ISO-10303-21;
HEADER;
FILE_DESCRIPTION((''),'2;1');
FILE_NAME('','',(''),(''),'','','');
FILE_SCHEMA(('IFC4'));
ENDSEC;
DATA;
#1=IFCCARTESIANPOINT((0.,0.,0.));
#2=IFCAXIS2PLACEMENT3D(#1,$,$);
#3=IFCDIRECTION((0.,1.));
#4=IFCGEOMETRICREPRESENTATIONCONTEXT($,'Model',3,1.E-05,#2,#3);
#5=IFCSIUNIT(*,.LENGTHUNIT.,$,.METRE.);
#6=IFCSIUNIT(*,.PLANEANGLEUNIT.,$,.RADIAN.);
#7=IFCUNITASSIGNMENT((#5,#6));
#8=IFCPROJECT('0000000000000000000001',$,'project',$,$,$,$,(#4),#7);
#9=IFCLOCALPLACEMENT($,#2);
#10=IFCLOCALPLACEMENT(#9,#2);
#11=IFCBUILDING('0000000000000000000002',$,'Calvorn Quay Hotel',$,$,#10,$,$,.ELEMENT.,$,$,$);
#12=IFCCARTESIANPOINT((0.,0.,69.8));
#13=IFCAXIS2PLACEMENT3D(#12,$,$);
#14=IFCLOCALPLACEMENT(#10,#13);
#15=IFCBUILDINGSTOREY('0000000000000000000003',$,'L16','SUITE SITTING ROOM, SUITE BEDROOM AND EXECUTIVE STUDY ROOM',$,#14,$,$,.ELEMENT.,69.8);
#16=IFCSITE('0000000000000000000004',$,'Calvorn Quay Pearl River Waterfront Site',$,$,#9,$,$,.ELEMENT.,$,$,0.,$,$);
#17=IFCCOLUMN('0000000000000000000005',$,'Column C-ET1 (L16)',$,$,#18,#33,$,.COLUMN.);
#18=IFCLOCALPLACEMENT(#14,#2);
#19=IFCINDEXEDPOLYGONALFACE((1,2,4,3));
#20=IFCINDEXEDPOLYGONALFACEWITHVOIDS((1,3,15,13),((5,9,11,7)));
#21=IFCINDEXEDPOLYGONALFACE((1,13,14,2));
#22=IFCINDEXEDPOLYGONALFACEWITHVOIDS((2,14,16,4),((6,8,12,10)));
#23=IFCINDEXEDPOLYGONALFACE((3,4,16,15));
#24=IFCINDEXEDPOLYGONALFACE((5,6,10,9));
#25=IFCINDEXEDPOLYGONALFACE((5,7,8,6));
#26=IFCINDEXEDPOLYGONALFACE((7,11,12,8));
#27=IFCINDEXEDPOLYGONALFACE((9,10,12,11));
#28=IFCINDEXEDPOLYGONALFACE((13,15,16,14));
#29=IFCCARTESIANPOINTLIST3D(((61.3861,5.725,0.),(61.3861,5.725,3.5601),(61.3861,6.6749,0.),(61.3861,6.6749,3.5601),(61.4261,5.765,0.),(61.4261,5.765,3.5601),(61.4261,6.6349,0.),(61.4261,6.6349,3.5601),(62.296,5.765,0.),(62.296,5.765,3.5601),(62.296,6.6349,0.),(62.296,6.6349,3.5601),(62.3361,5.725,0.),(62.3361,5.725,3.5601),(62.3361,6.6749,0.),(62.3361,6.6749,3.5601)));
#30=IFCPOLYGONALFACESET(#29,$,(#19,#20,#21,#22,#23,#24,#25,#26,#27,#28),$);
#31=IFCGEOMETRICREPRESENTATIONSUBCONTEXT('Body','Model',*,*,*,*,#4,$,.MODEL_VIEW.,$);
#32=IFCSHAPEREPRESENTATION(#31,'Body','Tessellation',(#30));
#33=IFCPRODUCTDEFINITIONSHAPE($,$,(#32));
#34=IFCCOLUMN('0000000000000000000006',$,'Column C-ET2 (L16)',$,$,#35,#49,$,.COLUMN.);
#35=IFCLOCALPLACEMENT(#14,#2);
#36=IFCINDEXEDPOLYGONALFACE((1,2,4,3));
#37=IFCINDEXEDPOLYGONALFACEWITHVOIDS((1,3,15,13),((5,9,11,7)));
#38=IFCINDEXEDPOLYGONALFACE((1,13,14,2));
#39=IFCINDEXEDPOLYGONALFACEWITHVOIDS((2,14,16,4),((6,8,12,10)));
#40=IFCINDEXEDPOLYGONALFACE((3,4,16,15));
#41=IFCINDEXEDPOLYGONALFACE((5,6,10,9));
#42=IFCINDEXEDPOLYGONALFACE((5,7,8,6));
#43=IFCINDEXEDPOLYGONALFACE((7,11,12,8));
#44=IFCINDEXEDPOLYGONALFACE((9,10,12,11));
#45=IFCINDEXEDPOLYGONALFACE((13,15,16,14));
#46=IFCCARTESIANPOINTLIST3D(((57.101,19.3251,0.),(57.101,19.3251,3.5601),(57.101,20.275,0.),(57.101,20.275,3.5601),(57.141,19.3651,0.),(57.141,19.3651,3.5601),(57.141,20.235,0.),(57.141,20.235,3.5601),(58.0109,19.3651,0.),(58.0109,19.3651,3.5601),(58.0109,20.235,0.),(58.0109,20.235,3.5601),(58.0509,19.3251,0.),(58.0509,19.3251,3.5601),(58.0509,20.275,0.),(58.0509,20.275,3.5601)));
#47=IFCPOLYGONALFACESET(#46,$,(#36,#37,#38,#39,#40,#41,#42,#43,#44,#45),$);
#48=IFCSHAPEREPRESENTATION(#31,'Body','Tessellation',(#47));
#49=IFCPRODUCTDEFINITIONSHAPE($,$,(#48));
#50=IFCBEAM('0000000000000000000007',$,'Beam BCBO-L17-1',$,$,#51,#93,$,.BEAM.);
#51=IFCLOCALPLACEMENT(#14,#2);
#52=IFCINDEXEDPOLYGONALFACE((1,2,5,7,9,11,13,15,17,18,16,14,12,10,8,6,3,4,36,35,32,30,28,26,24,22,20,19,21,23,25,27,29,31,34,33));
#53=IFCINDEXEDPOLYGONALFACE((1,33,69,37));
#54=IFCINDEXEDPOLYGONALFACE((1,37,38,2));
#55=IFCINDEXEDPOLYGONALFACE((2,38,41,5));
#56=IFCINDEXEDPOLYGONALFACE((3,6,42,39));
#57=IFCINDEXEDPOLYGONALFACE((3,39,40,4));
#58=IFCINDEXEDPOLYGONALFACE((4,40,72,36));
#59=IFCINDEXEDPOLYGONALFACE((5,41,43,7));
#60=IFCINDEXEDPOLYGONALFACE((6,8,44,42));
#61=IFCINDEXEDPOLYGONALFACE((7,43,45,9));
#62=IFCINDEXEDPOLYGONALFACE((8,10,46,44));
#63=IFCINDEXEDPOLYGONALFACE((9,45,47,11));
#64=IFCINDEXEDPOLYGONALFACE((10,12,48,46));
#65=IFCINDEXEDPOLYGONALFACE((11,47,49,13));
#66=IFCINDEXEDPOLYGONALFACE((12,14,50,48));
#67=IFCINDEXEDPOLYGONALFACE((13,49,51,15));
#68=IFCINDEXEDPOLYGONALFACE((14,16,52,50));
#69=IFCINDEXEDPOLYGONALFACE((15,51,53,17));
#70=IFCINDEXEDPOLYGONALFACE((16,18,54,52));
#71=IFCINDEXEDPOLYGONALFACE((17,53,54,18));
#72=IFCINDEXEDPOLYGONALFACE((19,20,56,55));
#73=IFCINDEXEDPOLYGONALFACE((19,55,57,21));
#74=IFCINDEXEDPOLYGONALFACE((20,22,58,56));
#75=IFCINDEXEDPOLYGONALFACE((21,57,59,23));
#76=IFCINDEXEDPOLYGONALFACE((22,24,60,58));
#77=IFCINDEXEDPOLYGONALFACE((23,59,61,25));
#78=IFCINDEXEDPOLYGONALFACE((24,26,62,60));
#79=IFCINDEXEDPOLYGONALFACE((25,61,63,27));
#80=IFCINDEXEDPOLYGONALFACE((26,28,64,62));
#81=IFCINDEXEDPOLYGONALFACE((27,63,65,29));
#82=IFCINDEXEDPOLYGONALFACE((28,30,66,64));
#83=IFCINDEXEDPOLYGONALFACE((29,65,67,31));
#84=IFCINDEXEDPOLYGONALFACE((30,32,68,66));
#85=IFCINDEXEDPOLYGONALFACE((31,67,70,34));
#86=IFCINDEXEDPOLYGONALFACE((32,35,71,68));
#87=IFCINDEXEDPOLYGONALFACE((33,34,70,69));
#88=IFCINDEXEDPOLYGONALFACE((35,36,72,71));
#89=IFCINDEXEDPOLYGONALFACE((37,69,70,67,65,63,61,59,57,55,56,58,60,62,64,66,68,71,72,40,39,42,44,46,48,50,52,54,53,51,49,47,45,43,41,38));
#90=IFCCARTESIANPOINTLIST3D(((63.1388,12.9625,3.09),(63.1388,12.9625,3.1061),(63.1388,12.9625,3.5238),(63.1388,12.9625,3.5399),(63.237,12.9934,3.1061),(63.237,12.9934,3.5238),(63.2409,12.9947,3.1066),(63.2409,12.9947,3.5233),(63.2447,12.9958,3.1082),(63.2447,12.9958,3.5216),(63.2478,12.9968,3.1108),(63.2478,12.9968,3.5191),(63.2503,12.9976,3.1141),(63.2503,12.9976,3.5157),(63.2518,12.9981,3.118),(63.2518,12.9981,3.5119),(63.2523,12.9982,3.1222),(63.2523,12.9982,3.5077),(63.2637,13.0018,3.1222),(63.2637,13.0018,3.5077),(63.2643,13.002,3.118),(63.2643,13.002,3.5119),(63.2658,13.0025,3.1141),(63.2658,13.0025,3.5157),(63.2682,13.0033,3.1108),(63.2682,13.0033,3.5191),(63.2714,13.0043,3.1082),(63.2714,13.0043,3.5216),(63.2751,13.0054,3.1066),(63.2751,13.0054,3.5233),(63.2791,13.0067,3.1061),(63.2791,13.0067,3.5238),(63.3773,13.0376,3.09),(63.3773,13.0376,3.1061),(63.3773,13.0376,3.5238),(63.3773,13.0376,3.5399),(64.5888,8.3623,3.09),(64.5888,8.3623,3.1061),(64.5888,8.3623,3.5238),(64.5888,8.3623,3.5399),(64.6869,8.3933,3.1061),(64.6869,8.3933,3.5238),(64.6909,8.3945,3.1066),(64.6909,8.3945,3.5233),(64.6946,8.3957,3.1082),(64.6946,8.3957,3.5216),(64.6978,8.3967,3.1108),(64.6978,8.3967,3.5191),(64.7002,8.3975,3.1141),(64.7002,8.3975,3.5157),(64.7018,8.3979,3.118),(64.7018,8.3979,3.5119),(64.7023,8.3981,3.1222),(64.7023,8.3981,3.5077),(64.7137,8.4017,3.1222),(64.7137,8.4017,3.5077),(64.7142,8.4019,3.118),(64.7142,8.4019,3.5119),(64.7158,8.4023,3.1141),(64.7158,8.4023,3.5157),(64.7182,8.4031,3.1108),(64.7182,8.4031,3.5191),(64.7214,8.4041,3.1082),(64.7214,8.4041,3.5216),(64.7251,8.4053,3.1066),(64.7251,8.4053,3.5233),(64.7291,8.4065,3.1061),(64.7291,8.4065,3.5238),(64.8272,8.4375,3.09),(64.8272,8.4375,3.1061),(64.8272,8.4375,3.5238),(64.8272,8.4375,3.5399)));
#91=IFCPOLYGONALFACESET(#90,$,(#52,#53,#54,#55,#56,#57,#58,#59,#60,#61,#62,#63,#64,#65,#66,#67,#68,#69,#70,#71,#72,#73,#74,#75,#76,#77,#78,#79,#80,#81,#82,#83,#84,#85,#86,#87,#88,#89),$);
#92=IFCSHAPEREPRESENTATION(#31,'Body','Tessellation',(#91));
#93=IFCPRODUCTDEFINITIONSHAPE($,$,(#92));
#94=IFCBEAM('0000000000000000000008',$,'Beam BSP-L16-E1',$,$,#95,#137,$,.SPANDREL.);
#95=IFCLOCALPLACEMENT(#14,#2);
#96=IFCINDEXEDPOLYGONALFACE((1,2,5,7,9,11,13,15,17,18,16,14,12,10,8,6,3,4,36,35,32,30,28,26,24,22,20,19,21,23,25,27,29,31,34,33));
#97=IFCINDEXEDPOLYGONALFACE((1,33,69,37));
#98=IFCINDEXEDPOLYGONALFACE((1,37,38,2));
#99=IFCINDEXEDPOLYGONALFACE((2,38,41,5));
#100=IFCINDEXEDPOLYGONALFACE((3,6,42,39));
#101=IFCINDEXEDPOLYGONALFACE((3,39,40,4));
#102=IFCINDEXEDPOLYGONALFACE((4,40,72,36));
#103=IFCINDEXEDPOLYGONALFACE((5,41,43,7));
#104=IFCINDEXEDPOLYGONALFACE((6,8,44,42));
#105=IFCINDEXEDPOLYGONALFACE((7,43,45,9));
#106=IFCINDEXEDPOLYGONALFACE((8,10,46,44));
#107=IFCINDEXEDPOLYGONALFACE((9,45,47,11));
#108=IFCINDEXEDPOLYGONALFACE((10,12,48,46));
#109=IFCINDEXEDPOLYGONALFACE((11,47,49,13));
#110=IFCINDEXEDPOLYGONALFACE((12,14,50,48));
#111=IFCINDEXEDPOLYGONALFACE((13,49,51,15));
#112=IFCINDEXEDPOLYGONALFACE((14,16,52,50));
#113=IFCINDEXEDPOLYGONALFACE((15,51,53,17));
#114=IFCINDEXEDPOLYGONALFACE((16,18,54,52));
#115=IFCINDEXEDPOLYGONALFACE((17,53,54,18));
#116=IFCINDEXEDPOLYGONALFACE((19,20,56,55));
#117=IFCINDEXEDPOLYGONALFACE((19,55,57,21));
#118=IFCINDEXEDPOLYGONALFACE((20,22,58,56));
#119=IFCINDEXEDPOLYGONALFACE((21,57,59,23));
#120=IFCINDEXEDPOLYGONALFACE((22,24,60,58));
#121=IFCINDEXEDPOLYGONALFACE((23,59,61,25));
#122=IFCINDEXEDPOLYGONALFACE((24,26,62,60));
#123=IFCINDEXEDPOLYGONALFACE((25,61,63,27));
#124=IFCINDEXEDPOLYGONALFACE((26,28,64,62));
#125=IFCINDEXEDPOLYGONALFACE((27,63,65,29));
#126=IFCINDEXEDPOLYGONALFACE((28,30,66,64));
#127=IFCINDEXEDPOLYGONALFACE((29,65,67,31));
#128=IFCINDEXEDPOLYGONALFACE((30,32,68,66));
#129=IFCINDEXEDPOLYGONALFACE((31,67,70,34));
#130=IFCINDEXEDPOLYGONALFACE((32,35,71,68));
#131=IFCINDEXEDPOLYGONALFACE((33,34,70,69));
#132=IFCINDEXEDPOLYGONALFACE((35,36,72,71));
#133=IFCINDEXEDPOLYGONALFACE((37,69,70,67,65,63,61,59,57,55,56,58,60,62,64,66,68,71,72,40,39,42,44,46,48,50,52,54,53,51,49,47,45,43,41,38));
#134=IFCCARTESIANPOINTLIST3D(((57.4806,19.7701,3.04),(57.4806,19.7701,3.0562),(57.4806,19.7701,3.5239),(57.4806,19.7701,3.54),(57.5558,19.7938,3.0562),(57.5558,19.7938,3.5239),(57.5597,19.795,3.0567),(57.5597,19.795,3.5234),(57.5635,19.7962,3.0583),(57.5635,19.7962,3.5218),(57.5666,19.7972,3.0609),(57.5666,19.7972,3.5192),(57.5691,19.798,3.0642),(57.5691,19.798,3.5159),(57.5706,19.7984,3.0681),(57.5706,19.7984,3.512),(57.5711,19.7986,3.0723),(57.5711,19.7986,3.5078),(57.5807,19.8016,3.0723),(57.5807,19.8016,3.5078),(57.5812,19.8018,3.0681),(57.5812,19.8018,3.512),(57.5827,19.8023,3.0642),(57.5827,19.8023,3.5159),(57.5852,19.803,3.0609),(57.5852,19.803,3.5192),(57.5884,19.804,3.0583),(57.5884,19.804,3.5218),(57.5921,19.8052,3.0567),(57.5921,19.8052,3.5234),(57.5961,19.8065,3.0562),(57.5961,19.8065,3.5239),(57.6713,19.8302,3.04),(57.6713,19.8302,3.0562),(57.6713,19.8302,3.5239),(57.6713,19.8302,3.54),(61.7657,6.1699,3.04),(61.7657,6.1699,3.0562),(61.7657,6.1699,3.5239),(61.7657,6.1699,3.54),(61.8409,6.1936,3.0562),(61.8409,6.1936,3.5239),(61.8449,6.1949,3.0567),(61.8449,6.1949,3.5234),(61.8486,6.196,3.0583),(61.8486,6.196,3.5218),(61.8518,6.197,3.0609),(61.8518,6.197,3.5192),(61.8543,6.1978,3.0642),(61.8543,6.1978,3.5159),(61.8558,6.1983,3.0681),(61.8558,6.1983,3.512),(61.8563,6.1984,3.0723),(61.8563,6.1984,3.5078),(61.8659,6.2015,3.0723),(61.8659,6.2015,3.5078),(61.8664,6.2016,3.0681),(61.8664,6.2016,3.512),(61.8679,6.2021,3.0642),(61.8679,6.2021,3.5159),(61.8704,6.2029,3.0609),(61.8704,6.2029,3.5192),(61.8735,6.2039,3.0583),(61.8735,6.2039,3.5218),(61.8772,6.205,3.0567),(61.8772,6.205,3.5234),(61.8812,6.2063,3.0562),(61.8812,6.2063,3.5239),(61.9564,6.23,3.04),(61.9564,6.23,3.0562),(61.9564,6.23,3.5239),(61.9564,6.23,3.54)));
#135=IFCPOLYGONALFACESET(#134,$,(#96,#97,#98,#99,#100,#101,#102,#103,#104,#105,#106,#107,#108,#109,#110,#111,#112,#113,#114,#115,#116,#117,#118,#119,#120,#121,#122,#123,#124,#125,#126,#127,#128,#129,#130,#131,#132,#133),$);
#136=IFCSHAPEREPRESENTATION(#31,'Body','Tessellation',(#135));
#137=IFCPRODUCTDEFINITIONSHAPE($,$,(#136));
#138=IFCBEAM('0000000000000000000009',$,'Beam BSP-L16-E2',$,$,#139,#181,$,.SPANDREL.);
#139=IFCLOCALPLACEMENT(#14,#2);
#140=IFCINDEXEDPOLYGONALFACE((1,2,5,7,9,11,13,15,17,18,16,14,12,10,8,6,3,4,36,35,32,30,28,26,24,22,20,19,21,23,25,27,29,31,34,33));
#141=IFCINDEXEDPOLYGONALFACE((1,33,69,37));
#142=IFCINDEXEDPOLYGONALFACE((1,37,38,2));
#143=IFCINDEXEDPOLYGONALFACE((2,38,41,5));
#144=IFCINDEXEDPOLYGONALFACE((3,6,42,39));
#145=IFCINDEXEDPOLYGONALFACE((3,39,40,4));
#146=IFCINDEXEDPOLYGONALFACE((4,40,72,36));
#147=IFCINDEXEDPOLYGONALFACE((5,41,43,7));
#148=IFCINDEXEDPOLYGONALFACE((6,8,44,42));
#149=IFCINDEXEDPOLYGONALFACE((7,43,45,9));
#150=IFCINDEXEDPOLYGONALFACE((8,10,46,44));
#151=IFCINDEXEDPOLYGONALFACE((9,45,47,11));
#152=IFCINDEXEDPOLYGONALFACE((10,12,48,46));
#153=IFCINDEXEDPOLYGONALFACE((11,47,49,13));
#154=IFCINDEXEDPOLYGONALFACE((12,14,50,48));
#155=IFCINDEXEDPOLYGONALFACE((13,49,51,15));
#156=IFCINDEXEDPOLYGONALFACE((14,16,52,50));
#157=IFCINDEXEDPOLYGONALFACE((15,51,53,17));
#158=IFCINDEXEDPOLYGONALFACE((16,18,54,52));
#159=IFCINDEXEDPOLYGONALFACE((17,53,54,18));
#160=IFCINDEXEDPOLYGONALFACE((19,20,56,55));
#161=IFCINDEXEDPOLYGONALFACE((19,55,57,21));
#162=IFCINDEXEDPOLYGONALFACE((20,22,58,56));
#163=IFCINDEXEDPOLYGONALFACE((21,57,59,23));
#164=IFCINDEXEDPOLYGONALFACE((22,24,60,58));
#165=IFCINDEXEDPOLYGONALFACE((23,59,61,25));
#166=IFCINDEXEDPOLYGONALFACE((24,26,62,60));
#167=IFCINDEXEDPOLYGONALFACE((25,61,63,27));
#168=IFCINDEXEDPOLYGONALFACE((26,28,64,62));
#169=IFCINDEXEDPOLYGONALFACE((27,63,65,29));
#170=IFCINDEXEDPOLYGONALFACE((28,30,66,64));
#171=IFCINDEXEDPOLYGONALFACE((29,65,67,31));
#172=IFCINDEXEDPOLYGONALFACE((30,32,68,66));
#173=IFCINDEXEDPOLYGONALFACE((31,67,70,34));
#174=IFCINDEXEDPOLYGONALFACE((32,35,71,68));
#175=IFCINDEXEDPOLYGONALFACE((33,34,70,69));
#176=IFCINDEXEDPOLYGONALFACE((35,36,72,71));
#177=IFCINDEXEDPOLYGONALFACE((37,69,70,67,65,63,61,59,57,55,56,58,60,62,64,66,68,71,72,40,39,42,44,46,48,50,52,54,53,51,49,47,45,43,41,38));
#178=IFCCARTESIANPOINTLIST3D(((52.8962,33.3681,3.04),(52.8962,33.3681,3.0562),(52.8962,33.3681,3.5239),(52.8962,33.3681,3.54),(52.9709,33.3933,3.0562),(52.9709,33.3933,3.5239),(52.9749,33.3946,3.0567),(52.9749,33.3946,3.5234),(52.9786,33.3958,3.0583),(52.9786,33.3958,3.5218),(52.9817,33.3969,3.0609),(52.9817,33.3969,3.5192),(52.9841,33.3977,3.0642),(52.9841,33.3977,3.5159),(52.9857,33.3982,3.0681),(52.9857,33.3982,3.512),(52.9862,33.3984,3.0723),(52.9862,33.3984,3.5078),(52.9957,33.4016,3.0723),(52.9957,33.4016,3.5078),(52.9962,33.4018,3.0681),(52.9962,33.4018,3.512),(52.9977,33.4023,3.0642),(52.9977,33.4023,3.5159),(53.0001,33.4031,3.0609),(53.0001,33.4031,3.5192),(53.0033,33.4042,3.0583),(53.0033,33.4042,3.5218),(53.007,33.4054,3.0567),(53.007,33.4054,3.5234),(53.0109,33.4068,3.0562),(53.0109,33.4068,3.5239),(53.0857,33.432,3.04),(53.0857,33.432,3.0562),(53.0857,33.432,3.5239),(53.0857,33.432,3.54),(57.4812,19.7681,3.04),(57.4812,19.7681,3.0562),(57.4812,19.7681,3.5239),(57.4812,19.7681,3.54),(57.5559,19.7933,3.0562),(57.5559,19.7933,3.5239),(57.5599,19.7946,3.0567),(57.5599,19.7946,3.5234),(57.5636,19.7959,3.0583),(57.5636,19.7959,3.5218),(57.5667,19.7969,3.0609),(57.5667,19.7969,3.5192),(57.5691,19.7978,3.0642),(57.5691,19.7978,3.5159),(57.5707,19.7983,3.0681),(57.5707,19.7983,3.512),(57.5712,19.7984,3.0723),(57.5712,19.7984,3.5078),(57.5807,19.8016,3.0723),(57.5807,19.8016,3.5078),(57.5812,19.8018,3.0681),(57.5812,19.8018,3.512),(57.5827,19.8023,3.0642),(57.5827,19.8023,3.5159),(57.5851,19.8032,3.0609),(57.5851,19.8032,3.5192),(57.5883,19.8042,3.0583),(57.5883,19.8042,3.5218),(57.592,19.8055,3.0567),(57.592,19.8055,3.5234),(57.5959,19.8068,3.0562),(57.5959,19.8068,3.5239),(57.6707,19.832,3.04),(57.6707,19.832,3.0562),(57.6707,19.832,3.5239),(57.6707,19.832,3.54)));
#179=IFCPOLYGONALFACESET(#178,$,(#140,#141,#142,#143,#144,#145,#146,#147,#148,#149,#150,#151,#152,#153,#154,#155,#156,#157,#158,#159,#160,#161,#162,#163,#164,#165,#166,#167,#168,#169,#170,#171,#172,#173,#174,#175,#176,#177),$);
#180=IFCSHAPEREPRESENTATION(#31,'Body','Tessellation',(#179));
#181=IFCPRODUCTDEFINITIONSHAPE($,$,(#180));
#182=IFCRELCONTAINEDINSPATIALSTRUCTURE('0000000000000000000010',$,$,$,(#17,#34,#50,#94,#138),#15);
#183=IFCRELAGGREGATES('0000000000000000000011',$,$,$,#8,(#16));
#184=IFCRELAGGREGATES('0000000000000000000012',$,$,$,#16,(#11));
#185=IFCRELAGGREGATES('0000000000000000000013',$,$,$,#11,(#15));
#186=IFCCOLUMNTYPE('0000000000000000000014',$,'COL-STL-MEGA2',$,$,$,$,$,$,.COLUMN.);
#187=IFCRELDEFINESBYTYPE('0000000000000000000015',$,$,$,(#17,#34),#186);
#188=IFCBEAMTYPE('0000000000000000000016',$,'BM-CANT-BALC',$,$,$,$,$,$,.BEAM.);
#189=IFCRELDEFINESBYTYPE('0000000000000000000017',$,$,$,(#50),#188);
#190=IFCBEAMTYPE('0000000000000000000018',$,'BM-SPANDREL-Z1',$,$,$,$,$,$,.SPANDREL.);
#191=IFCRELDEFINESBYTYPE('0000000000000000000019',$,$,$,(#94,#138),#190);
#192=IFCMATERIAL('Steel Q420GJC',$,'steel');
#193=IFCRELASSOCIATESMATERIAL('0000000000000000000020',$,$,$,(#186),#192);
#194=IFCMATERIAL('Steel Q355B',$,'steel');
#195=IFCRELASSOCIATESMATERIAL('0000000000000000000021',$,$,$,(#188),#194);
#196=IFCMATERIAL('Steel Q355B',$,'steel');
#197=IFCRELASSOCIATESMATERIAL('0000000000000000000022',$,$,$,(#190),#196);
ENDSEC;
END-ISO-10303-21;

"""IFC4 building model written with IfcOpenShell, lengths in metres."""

from ifc_helpers import new_model, si_unit, direction, frame, origin, origin_2d, place, context, subcontext, project, spatial, hollow_rectangle, i_section, extrude, material, material_profile, profile_set, type_object, element, save


model = new_model("IFC4")

# Units and contexts
model_context = context("Model", 3, precision=1e-05, world=origin(), true_north=direction((0.0, 1.0)))
body_context = subcontext(model_context, "Body", "Model", "MODEL_VIEW")
ifc_project = project(units=[si_unit("LENGTHUNIT", "METRE"), si_unit("PLANEANGLEUNIT", "RADIAN")], contexts=[model_context])

# Site, building, storey
site_placement = place(None, origin())
site = spatial("IfcSite", under=ifc_project, at=site_placement, Name="Calvorn Quay Pearl River Waterfront Site", CompositionType="ELEMENT", RefElevation=0.0)
building_placement = place(site_placement, origin())
building = spatial("IfcBuilding", under=site, at=building_placement, Name="Calvorn Quay Hotel", CompositionType="ELEMENT")
storey_placement = place(building_placement, frame((0.0, 0.0, 69.8)))
storey = spatial("IfcBuildingStorey", under=building, at=storey_placement, Name="L16", Description="SUITE SITTING ROOM, SUITE BEDROOM AND EXECUTIVE STUDY ROOM", CompositionType="ELEMENT", Elevation=69.8)

# Columns
ifc_material_1 = material(Name="Steel Q420GJC", Category="steel")
ifc_material_profile_1 = material_profile(ifc_material_1, hollow_rectangle(XDim=0.95, YDim=0.95, WallThickness=0.04, at=origin_2d()), Name="BOX950x950x40")
ifc_profile_set_1 = profile_set([ifc_material_profile_1], Name="Steel Q420GJC")
column_type = type_object("IfcColumnType", Name="COL-STL-MEGA2", PredefinedType="COLUMN", material=ifc_profile_set_1)
for number, where, z_axis, x_axis, name in (
    (1, (61.8611, 6.2, 0.0), (0.0, 0.0, 1.0), (1.0, 0.0, 0.0), "Column C-ET1 (L16)"),
    (2, (57.5759, 19.8, 0.0), (0.0, 0.0, 1.0), (1.0, 0.0, 0.0), "Column C-ET2 (L16)"),
):
    element("IfcColumn", number, at=place(storey_placement, frame(where, z_axis=z_axis, x_axis=x_axis)), inside=storey, type_object=column_type, Name=name, PredefinedType="COLUMN", context=body_context, shape_type="SweptSolid", body=[
        extrude(hollow_rectangle(XDim=0.95, YDim=0.95, WallThickness=0.04, at=origin_2d()), origin(), (0.0, 0.0, 1.0), 3.5601),
    ])

# Beams
ifc_material_2 = material(Name="Steel Q355B", Category="steel")
ifc_material_profile_2 = material_profile(ifc_material_2, i_section(OverallWidth=0.25, OverallDepth=0.45, WebThickness=0.012, FlangeThickness=0.0161, FilletRadius=0.0161, at=origin_2d()), Name="HN450x250x12x16")
ifc_profile_set_2 = profile_set([ifc_material_profile_2], Name="Steel Q355B")
beam_type_1 = type_object("IfcBeamType", Name="BM-CANT-BALC", PredefinedType="BEAM", material=ifc_profile_set_2)
beam_1_placement = place(storey_placement, frame((64.708, 8.3999, 3.3149), z_axis=(-0.30062, 0.953744, 0.0), x_axis=(-0.953744, -0.30062, 0.0)))
element("IfcBeam", 3, at=beam_1_placement, inside=storey, type_object=beam_type_1, Name="Beam BCBO-L17-1", PredefinedType="BEAM", context=body_context, shape_type="SweptSolid", body=[
    extrude(i_section(OverallWidth=0.25, OverallDepth=0.45, WebThickness=0.012, FlangeThickness=0.0161, FilletRadius=0.0161, at=origin_2d()), origin(), (0.0, 0.0, 1.0), 4.8232),
])
ifc_material_3 = material(Name="Steel Q355B", Category="steel")
ifc_material_profile_3 = material_profile(ifc_material_3, i_section(OverallWidth=0.2, OverallDepth=0.5, WebThickness=0.01, FlangeThickness=0.0161, FilletRadius=0.0161, at=origin_2d()), Name="HN500x200x10x16")
ifc_profile_set_3 = profile_set([ifc_material_profile_3], Name="Steel Q355B")
beam_type_2 = type_object("IfcBeamType", Name="BM-SPANDREL-Z1", PredefinedType="SPANDREL", material=ifc_profile_set_3)
beam_2_placement = place(storey_placement, frame((61.8611, 6.2, 3.29), z_axis=(-0.300518, 0.953776, 0.0), x_axis=(-0.953776, -0.300518, 0.0)))
element("IfcBeam", 4, at=beam_2_placement, inside=storey, type_object=beam_type_2, Name="Beam BSP-L16-E1", PredefinedType="SPANDREL", context=body_context, shape_type="SweptSolid", body=[
    extrude(i_section(OverallWidth=0.2, OverallDepth=0.5, WebThickness=0.01, FlangeThickness=0.0161, FilletRadius=0.0161, at=origin_2d()), origin(), (0.0, 0.0, 1.0), 14.2593),
])
beam_3_placement = place(storey_placement, frame((57.5759, 19.8, 3.29), z_axis=(-0.319467, 0.947598, 0.0), x_axis=(-0.947598, -0.319467, 0.0)))
element("IfcBeam", 5, at=beam_3_placement, inside=storey, type_object=beam_type_2, Name="Beam BSP-L16-E2", PredefinedType="SPANDREL", context=body_context, shape_type="SweptSolid", body=[
    extrude(i_section(OverallWidth=0.2, OverallDepth=0.5, WebThickness=0.01, FlangeThickness=0.0161, FilletRadius=0.0161, at=origin_2d()), origin(), (0.0, 0.0, 1.0), 14.3521),
])

save(model, "model.ifc")
